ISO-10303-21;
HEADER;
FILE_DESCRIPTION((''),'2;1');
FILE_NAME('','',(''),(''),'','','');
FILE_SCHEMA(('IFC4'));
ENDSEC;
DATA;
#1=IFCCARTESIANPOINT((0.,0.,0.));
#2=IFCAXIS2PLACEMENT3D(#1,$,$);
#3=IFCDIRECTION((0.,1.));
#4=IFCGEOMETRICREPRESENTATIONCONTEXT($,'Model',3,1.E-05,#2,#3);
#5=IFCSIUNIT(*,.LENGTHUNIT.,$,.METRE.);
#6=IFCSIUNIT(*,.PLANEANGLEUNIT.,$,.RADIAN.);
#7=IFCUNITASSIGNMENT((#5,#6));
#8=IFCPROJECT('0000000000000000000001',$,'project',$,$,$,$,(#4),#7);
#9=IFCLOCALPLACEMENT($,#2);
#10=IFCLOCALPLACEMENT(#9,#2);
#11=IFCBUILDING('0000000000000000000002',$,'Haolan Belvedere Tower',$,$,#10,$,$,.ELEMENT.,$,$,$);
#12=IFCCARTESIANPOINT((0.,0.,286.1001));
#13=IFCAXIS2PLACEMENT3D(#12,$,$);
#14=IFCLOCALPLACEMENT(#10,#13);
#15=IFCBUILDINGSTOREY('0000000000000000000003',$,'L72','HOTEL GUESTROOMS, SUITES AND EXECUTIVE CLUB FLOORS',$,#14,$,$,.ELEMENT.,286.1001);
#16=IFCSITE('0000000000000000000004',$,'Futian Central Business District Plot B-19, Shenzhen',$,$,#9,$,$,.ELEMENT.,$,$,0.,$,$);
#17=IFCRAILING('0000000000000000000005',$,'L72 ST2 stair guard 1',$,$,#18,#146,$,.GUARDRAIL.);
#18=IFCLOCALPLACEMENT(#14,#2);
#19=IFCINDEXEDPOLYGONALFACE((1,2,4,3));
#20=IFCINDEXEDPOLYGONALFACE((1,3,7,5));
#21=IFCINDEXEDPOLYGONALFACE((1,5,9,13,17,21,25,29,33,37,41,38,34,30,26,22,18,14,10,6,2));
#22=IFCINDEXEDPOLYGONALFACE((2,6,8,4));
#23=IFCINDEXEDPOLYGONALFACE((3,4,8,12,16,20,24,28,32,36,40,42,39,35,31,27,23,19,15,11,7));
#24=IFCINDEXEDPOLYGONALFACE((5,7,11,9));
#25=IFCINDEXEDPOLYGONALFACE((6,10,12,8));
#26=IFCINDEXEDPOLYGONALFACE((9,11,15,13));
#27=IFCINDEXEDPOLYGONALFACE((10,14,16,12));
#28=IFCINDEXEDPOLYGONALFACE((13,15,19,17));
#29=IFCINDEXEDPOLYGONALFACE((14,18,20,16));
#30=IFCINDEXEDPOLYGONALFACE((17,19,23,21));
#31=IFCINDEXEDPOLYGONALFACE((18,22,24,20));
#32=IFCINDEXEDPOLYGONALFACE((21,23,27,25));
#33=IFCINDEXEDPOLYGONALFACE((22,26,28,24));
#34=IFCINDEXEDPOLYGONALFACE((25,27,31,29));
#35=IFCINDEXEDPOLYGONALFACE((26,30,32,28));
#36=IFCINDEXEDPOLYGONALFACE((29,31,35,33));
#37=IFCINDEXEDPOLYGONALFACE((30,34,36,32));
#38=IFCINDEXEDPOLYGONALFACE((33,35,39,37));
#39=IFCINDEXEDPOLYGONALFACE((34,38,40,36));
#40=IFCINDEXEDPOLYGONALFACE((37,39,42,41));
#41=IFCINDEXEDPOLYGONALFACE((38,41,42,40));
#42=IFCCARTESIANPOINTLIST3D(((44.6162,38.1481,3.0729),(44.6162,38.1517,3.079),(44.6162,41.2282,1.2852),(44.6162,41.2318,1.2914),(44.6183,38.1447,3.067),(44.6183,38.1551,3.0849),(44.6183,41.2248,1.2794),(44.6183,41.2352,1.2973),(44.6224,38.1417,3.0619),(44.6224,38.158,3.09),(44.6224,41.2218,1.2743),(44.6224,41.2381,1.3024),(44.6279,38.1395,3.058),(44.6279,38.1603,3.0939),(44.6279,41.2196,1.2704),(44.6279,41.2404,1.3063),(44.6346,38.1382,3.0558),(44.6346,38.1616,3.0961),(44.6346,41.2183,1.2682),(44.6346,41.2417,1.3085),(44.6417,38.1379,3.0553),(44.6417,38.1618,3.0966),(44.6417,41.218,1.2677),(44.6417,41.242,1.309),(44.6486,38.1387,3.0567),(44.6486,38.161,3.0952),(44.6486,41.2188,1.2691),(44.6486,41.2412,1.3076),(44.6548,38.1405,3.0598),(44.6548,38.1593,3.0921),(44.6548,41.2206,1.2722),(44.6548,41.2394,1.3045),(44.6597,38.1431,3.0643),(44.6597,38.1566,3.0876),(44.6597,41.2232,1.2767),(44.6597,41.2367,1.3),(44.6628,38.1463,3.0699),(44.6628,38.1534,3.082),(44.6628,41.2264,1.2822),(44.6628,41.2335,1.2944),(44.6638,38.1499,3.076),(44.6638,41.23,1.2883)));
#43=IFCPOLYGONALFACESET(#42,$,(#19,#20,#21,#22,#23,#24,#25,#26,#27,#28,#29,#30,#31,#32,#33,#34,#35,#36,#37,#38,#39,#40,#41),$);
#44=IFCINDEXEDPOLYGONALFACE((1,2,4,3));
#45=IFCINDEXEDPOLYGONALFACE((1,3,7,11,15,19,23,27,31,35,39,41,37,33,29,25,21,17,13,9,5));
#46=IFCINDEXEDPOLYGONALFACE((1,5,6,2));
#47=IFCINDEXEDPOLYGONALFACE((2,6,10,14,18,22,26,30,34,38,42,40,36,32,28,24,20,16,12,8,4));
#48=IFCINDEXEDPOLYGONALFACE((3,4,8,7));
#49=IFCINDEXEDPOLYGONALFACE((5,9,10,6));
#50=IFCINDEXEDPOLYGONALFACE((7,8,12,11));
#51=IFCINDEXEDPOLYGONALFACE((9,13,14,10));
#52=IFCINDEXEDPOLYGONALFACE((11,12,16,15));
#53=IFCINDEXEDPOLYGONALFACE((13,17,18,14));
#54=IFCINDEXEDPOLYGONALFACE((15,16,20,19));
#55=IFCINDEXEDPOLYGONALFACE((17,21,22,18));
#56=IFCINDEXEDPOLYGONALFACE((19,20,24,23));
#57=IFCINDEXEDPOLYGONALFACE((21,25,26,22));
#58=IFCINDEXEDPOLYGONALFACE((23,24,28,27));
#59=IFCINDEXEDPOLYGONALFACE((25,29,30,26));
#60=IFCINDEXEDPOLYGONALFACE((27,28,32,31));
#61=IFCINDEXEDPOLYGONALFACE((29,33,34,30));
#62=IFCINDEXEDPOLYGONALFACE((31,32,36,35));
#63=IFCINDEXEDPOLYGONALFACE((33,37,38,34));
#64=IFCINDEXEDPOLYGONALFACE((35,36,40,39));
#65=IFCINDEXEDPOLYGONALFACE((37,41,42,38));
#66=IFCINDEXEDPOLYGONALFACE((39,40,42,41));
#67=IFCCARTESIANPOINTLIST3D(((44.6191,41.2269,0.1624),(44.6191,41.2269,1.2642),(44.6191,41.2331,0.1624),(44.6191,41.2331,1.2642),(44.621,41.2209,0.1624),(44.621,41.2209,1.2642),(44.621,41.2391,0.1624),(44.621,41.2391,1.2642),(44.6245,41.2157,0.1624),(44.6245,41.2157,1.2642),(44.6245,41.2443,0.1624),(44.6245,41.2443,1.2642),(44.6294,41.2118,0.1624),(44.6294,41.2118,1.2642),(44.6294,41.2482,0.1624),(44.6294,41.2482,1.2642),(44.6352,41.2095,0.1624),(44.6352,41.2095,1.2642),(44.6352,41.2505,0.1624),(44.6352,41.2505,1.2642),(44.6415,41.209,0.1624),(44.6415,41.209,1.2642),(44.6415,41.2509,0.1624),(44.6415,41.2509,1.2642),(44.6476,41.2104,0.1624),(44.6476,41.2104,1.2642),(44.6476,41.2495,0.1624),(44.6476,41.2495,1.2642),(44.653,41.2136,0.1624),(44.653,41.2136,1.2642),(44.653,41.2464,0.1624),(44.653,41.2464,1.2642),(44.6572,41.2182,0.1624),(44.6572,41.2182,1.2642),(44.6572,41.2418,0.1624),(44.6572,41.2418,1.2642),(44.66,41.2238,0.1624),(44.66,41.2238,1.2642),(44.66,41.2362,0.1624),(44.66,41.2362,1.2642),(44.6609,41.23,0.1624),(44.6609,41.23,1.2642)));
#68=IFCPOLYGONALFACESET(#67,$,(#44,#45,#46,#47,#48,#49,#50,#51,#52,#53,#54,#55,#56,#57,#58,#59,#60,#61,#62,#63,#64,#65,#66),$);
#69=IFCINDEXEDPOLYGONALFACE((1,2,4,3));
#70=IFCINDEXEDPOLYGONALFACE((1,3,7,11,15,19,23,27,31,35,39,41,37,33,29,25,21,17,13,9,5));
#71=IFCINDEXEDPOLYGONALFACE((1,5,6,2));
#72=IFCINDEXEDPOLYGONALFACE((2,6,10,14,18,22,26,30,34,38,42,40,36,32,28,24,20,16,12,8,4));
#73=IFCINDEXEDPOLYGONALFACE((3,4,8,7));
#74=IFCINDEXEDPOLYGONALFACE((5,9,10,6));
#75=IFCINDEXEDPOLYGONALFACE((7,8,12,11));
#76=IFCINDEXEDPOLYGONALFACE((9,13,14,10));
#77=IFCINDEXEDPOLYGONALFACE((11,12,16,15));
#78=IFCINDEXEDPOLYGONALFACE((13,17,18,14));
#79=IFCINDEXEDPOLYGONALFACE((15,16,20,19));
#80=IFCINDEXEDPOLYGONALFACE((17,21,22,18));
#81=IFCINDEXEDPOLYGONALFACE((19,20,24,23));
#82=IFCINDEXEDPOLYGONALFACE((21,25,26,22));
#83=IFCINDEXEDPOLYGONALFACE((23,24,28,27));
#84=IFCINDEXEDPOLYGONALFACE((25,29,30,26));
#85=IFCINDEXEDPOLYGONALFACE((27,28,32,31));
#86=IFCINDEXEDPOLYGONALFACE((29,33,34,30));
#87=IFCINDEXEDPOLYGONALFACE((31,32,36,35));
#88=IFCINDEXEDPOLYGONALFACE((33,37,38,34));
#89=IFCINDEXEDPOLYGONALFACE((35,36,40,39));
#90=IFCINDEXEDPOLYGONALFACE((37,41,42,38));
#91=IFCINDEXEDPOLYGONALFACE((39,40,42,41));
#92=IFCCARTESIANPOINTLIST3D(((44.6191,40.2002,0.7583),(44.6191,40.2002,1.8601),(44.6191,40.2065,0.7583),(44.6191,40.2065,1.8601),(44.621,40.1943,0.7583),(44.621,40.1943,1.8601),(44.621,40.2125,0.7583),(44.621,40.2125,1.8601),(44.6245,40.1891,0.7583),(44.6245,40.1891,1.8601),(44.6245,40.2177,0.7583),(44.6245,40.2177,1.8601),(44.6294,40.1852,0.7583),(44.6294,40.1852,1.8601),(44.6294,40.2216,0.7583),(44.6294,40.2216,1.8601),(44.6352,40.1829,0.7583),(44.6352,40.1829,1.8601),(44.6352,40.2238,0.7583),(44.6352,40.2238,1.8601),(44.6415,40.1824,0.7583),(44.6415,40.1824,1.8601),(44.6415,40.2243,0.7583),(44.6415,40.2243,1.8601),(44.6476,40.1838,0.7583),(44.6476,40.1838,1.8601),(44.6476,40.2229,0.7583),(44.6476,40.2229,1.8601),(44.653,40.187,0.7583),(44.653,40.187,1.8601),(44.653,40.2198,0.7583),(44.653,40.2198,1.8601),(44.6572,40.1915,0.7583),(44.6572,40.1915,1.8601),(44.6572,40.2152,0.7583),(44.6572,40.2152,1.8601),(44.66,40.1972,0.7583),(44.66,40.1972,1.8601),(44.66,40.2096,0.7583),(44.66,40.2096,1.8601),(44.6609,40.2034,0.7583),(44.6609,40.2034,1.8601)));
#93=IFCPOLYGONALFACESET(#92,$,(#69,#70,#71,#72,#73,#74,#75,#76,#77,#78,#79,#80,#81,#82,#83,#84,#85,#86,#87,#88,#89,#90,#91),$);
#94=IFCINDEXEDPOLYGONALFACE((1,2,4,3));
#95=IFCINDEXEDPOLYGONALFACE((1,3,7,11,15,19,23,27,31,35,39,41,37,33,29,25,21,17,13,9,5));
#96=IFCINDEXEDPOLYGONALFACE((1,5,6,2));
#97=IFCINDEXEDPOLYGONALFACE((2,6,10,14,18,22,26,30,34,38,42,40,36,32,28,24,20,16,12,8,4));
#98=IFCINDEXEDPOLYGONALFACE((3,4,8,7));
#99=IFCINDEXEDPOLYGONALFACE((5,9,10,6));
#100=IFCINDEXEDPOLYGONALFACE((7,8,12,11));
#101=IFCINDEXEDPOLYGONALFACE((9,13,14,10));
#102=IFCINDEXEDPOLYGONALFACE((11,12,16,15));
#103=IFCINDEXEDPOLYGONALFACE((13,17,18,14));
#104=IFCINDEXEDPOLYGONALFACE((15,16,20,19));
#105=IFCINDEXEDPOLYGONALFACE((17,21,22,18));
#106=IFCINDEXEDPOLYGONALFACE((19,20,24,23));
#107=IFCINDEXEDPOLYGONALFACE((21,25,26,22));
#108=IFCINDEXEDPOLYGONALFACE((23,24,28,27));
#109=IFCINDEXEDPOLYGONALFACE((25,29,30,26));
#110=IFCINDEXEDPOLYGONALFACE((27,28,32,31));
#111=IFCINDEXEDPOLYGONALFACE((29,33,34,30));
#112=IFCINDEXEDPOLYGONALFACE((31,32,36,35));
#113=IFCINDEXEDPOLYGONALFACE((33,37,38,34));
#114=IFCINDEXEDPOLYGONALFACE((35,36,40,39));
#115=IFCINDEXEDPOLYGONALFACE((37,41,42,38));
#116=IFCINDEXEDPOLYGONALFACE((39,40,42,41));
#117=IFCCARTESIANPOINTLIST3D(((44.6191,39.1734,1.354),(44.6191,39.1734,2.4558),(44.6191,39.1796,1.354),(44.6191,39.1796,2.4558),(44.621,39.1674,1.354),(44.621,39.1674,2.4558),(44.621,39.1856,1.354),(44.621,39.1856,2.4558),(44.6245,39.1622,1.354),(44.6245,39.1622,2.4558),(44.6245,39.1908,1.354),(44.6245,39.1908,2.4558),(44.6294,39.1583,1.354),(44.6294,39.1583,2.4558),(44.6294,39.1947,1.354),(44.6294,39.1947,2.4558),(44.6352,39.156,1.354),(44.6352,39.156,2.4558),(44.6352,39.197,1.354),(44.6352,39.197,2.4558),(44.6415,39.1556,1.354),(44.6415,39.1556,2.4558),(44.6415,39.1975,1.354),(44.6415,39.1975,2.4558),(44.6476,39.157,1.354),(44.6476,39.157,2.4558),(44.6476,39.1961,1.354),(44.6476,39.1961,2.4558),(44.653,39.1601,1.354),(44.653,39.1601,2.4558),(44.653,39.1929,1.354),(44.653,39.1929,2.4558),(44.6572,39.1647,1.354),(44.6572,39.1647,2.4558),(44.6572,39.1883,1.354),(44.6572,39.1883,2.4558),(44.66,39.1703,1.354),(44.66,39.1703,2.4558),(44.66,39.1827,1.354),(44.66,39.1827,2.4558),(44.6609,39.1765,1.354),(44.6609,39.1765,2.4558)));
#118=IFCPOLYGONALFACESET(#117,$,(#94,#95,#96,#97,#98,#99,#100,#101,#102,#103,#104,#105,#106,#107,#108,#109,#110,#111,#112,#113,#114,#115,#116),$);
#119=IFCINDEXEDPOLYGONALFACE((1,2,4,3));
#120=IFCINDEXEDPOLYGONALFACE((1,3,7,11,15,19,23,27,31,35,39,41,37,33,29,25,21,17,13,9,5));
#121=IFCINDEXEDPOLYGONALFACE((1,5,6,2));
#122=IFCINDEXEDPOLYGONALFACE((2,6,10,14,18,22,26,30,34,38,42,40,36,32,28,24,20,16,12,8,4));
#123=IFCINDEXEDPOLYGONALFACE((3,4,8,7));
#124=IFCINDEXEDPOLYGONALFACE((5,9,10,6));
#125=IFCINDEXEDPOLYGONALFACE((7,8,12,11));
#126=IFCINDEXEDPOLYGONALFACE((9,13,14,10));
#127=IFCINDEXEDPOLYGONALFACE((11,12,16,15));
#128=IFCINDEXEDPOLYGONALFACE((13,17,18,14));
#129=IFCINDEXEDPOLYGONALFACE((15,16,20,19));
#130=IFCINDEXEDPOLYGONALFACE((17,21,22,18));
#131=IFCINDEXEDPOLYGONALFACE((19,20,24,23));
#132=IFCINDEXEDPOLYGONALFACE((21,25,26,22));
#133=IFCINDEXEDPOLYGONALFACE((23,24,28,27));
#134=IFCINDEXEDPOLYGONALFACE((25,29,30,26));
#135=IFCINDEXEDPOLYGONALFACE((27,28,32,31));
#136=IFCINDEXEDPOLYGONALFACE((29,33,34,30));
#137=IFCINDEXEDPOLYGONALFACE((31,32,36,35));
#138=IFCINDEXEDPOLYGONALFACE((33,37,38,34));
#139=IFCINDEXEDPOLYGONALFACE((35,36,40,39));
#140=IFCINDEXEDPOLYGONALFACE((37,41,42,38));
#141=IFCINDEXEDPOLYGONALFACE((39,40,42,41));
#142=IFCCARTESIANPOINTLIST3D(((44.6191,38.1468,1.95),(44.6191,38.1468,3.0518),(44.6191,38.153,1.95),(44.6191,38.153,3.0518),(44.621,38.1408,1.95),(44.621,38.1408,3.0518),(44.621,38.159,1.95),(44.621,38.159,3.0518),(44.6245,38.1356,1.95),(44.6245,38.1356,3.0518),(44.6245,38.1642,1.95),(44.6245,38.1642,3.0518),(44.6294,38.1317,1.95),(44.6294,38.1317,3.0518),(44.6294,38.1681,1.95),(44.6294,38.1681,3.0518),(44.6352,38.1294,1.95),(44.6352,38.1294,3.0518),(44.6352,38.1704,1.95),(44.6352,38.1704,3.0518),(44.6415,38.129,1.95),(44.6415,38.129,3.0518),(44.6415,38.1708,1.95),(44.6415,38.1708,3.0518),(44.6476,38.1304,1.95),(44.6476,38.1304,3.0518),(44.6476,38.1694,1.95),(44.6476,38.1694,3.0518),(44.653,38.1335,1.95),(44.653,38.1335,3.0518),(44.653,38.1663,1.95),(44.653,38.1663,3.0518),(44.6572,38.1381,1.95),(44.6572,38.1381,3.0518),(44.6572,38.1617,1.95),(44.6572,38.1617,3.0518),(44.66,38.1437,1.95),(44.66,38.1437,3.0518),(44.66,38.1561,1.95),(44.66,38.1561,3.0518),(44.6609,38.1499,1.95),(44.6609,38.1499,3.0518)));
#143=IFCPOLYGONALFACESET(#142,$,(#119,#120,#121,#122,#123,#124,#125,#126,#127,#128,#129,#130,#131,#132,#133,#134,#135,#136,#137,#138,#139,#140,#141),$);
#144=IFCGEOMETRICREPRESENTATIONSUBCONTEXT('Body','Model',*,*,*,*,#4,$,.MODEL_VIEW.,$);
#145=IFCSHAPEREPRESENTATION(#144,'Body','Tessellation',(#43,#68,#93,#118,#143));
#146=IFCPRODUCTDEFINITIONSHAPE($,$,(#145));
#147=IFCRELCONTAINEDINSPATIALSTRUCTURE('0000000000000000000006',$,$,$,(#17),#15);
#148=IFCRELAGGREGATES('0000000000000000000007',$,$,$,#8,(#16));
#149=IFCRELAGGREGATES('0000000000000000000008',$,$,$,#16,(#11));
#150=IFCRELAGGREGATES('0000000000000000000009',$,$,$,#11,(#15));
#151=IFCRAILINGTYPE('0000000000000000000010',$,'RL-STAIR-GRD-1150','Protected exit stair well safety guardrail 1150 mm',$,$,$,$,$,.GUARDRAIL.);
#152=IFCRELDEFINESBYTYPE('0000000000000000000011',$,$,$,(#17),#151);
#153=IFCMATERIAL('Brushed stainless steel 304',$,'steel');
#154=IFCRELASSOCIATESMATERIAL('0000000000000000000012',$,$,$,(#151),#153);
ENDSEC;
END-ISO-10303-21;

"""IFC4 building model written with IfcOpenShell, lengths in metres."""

from ifc_helpers import new_model, si_unit, direction, frame, origin, origin_2d, place, context, subcontext, project, spatial, circle, extrude, material, type_object, element, save


model = new_model("IFC4")

# Units and contexts
model_context = context("Model", 3, precision=1e-05, world=origin(), true_north=direction((0.0, 1.0)))
body_context = subcontext(model_context, "Body", "Model", "MODEL_VIEW")
ifc_project = project(units=[si_unit("LENGTHUNIT", "METRE"), si_unit("PLANEANGLEUNIT", "RADIAN")], contexts=[model_context])

# Site, building, storey
site_placement = place(None, origin())
site = spatial("IfcSite", under=ifc_project, at=site_placement, Name="Futian Central Business District Plot B-19, Shenzhen", CompositionType="ELEMENT", RefElevation=0.0)
building_placement = place(site_placement, origin())
building = spatial("IfcBuilding", under=site, at=building_placement, Name="Haolan Belvedere Tower", CompositionType="ELEMENT")
storey_placement = place(building_placement, frame((0.0, 0.0, 286.1001)))
storey = spatial("IfcBuildingStorey", under=building, at=storey_placement, Name="L72", Description="HOTEL GUESTROOMS, SUITES AND EXECUTIVE CLUB FLOORS", CompositionType="ELEMENT", Elevation=286.1001)

# Railing
ifc_material_1 = material(Name="Brushed stainless steel 304", Category="steel")
railing_type_1 = type_object("IfcRailingType", Name="RL-STAIR-GRD-1150", Description="Protected exit stair well safety guardrail 1150 mm", PredefinedType="GUARDRAIL", material=ifc_material_1)
railing_1_placement = place(storey_placement, frame((44.6399, 41.23, 0.1624)))
element("IfcRailing", 1, at=railing_1_placement, inside=storey, type_object=railing_type_1, Name="L72 ST2 stair guard 1", PredefinedType="GUARDRAIL", context=body_context, shape_type="SweptSolid", body=[
    extrude(circle(Radius=0.0239, at=origin_2d()), frame((0.0, 0.0, 1.126), z_axis=(0.0, -0.864891, 0.50196), x_axis=(1.0, 0.0, 0.0)), (0.0, 0.0, 1.0), 3.5613),
    extrude(circle(Radius=0.021, at=origin_2d()), origin(), (0.0, 0.0, 1.0), 1.1018),
    extrude(circle(Radius=0.021, at=origin_2d()), frame((0.0, -1.0266, 0.5959)), (0.0, 0.0, 1.0), 1.1018),
    extrude(circle(Radius=0.021, at=origin_2d()), frame((0.0, -2.0535, 1.1917)), (0.0, 0.0, 1.0), 1.1018),
    extrude(circle(Radius=0.021, at=origin_2d()), frame((0.0, -3.0801, 1.7876)), (0.0, 0.0, 1.0), 1.1018),
])

save(model, "model.ifc")
